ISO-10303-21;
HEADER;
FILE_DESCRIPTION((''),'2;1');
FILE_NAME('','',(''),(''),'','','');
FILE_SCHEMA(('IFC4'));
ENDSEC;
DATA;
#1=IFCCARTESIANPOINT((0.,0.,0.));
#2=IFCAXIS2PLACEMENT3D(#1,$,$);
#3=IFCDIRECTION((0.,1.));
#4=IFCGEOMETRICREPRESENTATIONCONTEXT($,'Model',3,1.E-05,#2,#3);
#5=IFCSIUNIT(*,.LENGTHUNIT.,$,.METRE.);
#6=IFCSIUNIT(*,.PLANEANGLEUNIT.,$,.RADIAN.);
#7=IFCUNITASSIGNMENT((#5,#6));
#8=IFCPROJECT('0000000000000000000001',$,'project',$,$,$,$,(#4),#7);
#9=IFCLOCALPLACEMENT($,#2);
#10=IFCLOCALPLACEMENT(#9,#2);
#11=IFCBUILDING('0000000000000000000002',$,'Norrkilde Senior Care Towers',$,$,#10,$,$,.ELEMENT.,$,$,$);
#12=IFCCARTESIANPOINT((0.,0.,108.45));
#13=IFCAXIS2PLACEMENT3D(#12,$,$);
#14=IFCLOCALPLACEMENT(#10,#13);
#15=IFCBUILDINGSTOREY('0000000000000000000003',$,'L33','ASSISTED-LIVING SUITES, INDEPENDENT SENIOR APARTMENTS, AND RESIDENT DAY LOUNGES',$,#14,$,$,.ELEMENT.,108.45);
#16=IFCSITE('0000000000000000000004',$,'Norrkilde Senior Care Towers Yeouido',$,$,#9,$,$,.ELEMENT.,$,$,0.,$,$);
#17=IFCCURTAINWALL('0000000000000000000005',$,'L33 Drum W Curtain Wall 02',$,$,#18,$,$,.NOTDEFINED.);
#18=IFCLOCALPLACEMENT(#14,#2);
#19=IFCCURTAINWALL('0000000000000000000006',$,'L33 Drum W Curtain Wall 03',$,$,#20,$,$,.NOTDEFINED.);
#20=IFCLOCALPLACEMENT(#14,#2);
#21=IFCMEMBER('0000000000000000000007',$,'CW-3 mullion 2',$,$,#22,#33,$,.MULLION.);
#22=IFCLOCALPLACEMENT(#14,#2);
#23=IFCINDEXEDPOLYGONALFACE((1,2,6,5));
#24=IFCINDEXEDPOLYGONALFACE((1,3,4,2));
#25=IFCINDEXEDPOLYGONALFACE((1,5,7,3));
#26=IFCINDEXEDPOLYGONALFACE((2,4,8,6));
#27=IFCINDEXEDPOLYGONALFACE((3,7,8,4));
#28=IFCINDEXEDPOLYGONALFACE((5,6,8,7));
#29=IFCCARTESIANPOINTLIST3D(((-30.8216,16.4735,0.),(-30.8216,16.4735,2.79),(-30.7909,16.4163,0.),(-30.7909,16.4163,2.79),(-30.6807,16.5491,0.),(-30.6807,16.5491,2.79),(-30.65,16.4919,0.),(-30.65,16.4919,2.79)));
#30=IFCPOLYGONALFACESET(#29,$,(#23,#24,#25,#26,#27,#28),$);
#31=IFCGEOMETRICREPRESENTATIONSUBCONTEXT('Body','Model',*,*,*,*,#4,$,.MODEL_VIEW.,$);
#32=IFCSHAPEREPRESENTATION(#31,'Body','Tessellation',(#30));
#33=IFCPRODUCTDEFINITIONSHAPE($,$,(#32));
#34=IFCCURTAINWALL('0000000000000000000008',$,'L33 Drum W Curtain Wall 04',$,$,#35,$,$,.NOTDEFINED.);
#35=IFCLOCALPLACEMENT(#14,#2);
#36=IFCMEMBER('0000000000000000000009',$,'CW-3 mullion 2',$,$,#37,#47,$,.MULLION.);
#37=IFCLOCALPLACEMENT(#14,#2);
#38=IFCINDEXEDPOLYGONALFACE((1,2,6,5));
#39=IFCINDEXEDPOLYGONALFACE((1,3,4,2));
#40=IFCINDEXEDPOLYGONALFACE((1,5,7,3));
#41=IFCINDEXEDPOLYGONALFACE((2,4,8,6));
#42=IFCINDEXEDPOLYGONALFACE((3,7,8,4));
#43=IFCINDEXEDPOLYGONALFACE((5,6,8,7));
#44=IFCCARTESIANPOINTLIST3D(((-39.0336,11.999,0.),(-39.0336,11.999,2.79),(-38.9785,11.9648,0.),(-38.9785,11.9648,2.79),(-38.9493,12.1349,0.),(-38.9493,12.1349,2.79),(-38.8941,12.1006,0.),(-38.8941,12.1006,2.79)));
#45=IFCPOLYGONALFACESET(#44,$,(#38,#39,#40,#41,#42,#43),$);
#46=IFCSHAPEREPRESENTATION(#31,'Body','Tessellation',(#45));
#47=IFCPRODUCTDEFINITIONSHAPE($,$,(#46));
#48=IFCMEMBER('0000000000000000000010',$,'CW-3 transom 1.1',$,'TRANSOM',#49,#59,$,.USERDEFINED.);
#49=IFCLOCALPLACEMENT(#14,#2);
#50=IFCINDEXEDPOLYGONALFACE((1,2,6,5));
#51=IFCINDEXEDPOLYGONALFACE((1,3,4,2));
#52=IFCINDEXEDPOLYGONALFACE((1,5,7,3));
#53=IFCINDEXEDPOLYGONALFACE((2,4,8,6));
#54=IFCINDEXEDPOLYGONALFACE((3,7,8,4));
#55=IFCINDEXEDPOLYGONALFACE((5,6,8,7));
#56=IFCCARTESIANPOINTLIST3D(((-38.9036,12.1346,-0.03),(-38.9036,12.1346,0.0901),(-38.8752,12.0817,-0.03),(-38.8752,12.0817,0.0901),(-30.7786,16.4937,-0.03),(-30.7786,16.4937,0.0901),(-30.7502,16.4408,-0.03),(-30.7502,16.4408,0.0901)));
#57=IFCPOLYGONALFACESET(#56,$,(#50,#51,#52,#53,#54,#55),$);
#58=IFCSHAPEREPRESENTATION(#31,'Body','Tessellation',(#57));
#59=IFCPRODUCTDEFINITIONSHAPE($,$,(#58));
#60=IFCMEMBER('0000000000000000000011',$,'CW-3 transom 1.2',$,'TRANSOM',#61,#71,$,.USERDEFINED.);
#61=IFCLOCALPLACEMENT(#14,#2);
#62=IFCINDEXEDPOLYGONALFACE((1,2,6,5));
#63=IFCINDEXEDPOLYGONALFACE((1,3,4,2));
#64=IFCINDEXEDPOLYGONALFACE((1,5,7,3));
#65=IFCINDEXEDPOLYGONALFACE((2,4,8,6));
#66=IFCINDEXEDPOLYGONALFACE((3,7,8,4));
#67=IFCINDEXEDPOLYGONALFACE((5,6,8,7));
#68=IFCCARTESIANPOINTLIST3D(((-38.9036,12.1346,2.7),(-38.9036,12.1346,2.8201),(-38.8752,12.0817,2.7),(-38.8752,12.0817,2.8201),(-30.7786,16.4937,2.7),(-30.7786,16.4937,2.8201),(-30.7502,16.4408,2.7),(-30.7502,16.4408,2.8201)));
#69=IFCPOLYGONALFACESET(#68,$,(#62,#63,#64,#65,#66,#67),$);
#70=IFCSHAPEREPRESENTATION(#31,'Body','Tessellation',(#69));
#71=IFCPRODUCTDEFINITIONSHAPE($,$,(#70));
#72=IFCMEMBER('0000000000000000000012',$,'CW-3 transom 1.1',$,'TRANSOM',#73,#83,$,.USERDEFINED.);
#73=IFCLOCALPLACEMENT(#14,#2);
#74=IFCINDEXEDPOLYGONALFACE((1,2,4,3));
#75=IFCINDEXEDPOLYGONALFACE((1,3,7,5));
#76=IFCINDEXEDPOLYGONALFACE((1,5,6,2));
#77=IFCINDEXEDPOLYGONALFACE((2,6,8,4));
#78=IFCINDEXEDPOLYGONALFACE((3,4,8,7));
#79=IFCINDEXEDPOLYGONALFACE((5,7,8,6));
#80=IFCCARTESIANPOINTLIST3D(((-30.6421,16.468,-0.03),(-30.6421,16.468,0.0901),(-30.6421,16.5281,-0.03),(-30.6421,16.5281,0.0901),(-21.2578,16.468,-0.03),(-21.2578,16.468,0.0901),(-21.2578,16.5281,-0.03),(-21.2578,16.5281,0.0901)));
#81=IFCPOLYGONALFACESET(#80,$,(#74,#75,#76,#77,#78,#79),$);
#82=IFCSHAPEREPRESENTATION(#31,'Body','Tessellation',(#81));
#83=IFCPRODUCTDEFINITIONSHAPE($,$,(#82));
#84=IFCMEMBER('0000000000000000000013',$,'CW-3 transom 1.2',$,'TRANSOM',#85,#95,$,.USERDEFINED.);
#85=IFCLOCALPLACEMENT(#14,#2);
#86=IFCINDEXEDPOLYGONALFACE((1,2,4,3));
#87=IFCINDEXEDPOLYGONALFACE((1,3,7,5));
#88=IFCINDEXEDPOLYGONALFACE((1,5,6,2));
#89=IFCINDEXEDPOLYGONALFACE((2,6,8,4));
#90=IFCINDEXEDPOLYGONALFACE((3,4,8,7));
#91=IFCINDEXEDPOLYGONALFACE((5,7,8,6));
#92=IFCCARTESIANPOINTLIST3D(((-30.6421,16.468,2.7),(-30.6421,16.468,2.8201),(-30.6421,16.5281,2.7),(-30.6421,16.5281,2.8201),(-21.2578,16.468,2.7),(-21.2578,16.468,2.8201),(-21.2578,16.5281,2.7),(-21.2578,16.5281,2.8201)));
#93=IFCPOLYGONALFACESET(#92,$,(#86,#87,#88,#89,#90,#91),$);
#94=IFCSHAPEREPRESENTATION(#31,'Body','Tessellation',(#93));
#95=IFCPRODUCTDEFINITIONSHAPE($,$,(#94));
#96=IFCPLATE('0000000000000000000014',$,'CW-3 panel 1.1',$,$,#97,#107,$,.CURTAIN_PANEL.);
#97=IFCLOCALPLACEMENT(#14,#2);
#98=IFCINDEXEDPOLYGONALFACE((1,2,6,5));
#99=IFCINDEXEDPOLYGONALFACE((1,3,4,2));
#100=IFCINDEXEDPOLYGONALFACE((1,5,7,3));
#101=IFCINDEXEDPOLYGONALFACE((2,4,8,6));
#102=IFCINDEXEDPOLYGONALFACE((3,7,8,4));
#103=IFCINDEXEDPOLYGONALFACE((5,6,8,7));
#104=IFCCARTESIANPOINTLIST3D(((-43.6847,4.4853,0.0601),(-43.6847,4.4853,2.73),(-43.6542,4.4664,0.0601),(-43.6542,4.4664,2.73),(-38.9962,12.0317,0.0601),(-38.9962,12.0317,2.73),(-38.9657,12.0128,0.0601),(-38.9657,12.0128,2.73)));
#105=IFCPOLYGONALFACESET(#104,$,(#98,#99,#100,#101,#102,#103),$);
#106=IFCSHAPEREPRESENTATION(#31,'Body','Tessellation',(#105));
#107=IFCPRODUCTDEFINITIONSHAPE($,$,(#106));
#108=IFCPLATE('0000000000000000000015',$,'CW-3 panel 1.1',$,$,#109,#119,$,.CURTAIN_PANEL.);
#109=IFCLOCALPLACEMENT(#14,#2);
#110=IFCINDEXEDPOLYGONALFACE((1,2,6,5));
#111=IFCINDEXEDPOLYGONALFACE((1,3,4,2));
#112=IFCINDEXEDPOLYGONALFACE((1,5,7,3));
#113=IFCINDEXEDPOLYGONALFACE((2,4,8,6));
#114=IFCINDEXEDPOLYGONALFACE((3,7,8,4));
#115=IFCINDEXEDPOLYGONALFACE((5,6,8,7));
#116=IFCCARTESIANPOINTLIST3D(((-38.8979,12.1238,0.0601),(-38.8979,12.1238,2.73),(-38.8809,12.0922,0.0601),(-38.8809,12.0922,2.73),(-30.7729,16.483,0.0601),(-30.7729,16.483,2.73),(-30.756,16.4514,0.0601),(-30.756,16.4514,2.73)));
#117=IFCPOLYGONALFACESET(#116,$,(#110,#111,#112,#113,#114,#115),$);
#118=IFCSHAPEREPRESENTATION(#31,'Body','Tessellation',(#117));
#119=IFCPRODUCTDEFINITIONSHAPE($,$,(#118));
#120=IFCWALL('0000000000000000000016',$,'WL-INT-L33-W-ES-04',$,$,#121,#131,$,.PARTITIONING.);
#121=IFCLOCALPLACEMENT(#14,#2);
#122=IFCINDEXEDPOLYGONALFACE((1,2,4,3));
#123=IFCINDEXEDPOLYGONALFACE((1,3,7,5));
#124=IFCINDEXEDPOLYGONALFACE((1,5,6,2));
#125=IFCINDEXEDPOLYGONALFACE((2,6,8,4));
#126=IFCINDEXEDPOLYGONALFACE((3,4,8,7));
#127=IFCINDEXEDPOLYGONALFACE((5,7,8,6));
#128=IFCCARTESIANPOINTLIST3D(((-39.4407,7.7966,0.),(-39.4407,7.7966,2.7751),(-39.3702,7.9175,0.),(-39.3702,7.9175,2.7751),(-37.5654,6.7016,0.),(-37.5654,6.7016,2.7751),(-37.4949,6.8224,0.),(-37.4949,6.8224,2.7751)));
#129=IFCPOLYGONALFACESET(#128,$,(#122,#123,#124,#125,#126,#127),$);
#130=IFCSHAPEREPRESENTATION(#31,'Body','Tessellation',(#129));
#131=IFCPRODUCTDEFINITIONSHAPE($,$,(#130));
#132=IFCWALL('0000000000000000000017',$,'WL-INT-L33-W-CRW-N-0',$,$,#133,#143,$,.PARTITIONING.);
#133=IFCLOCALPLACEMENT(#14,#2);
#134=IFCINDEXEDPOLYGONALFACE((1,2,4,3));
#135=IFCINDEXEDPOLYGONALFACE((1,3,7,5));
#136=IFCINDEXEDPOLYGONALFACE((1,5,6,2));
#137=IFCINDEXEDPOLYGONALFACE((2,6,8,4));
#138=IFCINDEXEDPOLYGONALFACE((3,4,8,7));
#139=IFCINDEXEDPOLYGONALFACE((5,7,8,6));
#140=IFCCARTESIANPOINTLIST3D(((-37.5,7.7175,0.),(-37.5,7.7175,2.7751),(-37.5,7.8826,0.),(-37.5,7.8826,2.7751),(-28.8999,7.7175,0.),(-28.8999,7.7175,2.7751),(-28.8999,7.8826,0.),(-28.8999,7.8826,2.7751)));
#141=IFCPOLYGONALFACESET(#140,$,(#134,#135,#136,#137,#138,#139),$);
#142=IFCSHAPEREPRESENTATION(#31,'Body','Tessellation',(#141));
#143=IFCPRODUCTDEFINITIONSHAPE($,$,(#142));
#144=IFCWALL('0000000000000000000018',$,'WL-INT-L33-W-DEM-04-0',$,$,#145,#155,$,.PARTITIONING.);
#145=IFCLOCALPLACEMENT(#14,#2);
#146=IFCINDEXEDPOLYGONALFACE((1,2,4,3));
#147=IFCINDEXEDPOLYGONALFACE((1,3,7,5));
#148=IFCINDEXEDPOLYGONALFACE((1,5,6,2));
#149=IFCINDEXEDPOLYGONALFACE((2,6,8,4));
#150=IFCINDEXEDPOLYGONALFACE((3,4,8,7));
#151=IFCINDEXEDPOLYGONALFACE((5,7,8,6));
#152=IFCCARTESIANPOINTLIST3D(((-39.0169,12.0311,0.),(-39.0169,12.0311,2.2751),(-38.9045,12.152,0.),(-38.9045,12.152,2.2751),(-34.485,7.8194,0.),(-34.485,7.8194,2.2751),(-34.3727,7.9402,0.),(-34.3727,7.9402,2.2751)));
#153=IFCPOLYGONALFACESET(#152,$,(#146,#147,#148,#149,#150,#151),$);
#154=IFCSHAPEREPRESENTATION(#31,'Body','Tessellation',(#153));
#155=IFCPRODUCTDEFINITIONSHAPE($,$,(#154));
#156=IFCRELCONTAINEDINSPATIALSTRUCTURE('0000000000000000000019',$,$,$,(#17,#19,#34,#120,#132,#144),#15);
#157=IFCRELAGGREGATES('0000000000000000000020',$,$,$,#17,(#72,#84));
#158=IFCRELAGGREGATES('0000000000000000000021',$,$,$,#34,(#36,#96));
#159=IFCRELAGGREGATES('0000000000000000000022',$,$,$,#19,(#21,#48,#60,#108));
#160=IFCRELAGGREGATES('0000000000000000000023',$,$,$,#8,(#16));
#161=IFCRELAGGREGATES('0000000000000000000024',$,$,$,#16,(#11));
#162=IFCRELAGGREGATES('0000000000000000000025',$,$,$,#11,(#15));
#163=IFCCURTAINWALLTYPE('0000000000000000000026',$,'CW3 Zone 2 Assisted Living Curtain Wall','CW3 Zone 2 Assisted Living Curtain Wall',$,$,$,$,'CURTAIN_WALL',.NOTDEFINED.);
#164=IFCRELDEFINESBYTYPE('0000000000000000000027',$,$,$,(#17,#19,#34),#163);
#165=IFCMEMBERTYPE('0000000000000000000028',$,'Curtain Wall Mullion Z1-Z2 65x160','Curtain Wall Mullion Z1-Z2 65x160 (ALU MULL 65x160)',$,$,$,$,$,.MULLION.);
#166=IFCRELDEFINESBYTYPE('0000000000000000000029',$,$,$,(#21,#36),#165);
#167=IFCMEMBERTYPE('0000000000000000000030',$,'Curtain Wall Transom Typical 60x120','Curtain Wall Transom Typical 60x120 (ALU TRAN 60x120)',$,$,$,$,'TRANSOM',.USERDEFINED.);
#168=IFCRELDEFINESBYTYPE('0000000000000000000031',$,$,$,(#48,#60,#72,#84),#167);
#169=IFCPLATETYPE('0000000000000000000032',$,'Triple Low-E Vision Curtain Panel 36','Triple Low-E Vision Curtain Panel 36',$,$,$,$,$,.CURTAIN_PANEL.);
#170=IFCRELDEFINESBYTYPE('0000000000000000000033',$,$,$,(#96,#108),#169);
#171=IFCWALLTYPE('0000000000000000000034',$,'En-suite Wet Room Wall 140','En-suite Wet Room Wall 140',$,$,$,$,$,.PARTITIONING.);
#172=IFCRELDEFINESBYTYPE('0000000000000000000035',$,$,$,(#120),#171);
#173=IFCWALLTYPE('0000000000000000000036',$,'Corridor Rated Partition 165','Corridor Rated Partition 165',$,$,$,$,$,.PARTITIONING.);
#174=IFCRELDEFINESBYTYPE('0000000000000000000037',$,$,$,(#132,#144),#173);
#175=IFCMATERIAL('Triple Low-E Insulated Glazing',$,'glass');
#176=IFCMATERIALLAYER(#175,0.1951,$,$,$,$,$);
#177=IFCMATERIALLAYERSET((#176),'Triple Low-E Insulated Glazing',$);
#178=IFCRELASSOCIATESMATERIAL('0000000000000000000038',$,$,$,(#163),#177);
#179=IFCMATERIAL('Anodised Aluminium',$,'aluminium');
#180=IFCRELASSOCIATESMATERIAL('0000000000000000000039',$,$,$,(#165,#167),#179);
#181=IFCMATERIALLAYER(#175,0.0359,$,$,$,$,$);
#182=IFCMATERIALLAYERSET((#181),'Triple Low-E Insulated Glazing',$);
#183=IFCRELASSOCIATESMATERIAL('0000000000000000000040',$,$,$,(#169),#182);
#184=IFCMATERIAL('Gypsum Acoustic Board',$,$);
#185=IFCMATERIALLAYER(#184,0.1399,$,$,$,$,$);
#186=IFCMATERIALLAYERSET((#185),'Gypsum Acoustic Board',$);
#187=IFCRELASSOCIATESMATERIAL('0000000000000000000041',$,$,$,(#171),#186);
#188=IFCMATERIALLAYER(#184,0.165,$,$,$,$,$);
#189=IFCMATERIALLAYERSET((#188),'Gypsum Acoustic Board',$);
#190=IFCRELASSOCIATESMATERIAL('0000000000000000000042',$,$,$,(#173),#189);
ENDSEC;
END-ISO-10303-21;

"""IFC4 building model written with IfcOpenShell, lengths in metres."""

from ifc_helpers import new_model, si_unit, direction, frame, frame_2d, origin, origin_2d, place, context, subcontext, project, spatial, rectangle, extrude, source, transform, mapped, material, layer, layer_set, material_profile, profile_set, type_object, type_shapes, element, aggregate, save


model = new_model("IFC4")

# Units and contexts
model_context = context("Model", 3, precision=1e-05, world=origin(), true_north=direction((0.0, 1.0)))
body_context = subcontext(model_context, "Body", "Model", "MODEL_VIEW")
ifc_project = project(units=[si_unit("LENGTHUNIT", "METRE"), si_unit("PLANEANGLEUNIT", "RADIAN")], contexts=[model_context])

# Site, building, storey
site_placement = place(None, origin())
site = spatial("IfcSite", under=ifc_project, at=site_placement, Name="Norrkilde Senior Care Towers Yeouido", CompositionType="ELEMENT", RefElevation=0.0)
building_placement = place(site_placement, origin())
building = spatial("IfcBuilding", under=site, at=building_placement, Name="Norrkilde Senior Care Towers", CompositionType="ELEMENT")
storey_placement = place(building_placement, frame((0.0, 0.0, 108.45)))
storey = spatial("IfcBuildingStorey", under=building, at=storey_placement, Name="L33", Description="ASSISTED-LIVING SUITES, INDEPENDENT SENIOR APARTMENTS, AND RESIDENT DAY LOUNGES", CompositionType="ELEMENT", Elevation=108.45)

# Curtain wall
ifc_material_1 = material(Name="Triple Low-E Insulated Glazing", Category="glass")
ifc_layer_1 = layer(ifc_material_1, 0.1951)
ifc_layer_set_1 = layer_set([ifc_layer_1], Name="Triple Low-E Insulated Glazing")
curtain_wall_type = type_object("IfcCurtainWallType", Name="CW3 Zone 2 Assisted Living Curtain Wall", Description="CW3 Zone 2 Assisted Living Curtain Wall", ElementType="CURTAIN_WALL", PredefinedType="NOTDEFINED", material=ifc_layer_set_1)
curtain_wall_1_placement = place(storey_placement, origin())
curtain_wall_1 = element("IfcCurtainWall", 1, at=curtain_wall_1_placement, inside=storey, type_object=curtain_wall_type, Name="L33 Drum W Curtain Wall 02", PredefinedType="NOTDEFINED")
ifc_material_2 = material(Name="Anodised Aluminium", Category="aluminium")
ifc_material_profile_1 = material_profile(ifc_material_2, rectangle(XDim=0.0649, YDim=0.1599, at=origin_2d()), Name="ALU MULL 65x160")
ifc_profile_set_1 = profile_set([ifc_material_profile_1], Name="Anodised Aluminium")
member_type_1 = type_object("IfcMemberType", Name="Curtain Wall Mullion Z1-Z2 65x160", Description="Curtain Wall Mullion Z1-Z2 65x160 (ALU MULL 65x160)", PredefinedType="MULLION", material=ifc_profile_set_1)
shared_shape_1 = source(origin(), body_context, "Body", "SweptSolid", [
    extrude(rectangle(XDim=0.0649, YDim=0.1599, at=origin_2d()), origin(), (0.0, 0.0, 1.0), 2.79),
])
type_shapes(member_type_1, [shared_shape_1])

# Curtain wall, member
curtain_wall_2_placement = place(storey_placement, origin())
curtain_wall_2 = element("IfcCurtainWall", 2, at=curtain_wall_2_placement, inside=storey, type_object=curtain_wall_type, Name="L33 Drum W Curtain Wall 03", PredefinedType="NOTDEFINED")
member_1_placement = place(storey_placement, frame((-30.7358, 16.4827, 0.0), z_axis=(0.0, 0.0, 1.0), x_axis=(-0.472769, 0.881186, 0.0)))
member_1 = element("IfcMember", 3, at=member_1_placement, type_object=member_type_1, Name="CW-3 mullion 2", PredefinedType="MULLION", context=body_context, shape_type="MappedRepresentation", body=[
    mapped(shared_shape_1, transform((0.0, 0.0, 0.0), x_axis=(1.0, 0.0, 0.0), y_axis=(0.0, 1.0, 0.0), z_axis=(0.0, 0.0, 1.0), scale=1.0)),
])

# Curtain wall, member
curtain_wall_3_placement = place(storey_placement, origin())
curtain_wall_3 = element("IfcCurtainWall", 4, at=curtain_wall_3_placement, inside=storey, type_object=curtain_wall_type, Name="L33 Drum W Curtain Wall 04", PredefinedType="NOTDEFINED")
member_2_placement = place(storey_placement, frame((-38.9639, 12.0498, 0.0), z_axis=(0.0, 0.0, 1.0), x_axis=(-0.84941, 0.527733, 0.0)))
member_2 = element("IfcMember", 5, at=member_2_placement, type_object=member_type_1, Name="CW-3 mullion 2", PredefinedType="MULLION", context=body_context, shape_type="MappedRepresentation", body=[
    mapped(shared_shape_1, transform((0.0, 0.0, 0.0), x_axis=(1.0, 0.0, 0.0), y_axis=(0.0, 1.0, 0.0), z_axis=(0.0, 0.0, 1.0), scale=1.0)),
])

# Members
ifc_material_profile_2 = material_profile(ifc_material_2, rectangle(XDim=0.0601, YDim=0.1201, at=origin_2d()), Name="ALU TRAN 60x120")
ifc_profile_set_2 = profile_set([ifc_material_profile_2], Name="Anodised Aluminium")
member_type_2 = type_object("IfcMemberType", Name="Curtain Wall Transom Typical 60x120", Description="Curtain Wall Transom Typical 60x120 (ALU TRAN 60x120)", ElementType="TRANSOM", PredefinedType="USERDEFINED", material=ifc_profile_set_2)
shared_shape_2 = source(origin(), body_context, "Body", "SweptSolid", [
    extrude(rectangle(XDim=0.0601, YDim=0.1201, at=origin_2d()), origin(), (0.0, 0.0, 1.0), 9.2205),
])
member_3_placement = place(storey_placement, frame((-38.8894, 12.1082, 0.03), z_axis=(0.881189, 0.472765, 0.0), x_axis=(-0.472765, 0.881189, 0.0)))
member_3 = element("IfcMember", 6, at=member_3_placement, type_object=member_type_2, Name="CW-3 transom 1.1", ObjectType="TRANSOM", PredefinedType="USERDEFINED", context=body_context, shape_type="MappedRepresentation", body=[
    mapped(shared_shape_2, transform((0.0, 0.0, 0.0), x_axis=(1.0, 0.0, 0.0), y_axis=(0.0, 1.0, 0.0), z_axis=(0.0, 0.0, 1.0), scale=1.0)),
])
member_4_placement = place(storey_placement, frame((-38.8894, 12.1082, 2.76), z_axis=(0.881189, 0.472765, 0.0), x_axis=(-0.472765, 0.881189, 0.0)))
member_4 = element("IfcMember", 7, at=member_4_placement, type_object=member_type_2, Name="CW-3 transom 1.2", ObjectType="TRANSOM", PredefinedType="USERDEFINED", context=body_context, shape_type="MappedRepresentation", body=[
    mapped(shared_shape_2, transform((0.0, 0.0, 0.0), x_axis=(1.0, 0.0, 0.0), y_axis=(0.0, 1.0, 0.0), z_axis=(0.0, 0.0, 1.0), scale=1.0)),
])
shared_shape_3 = source(origin(), body_context, "Body", "SweptSolid", [
    extrude(rectangle(XDim=0.0601, YDim=0.1201, at=origin_2d()), origin(), (0.0, 0.0, 1.0), 9.3843),
])
type_shapes(member_type_2, [shared_shape_2, shared_shape_3])
member_5_placement = place(storey_placement, frame((-30.6421, 16.498, 0.03), z_axis=(1.0, 0.0, 0.0), x_axis=(0.0, 1.0, 0.0)))
member_5 = element("IfcMember", 8, at=member_5_placement, type_object=member_type_2, Name="CW-3 transom 1.1", ObjectType="TRANSOM", PredefinedType="USERDEFINED", context=body_context, shape_type="MappedRepresentation", body=[
    mapped(shared_shape_3, transform((0.0, 0.0, 0.0), x_axis=(1.0, 0.0, 0.0), y_axis=(0.0, 1.0, 0.0), z_axis=(0.0, 0.0, 1.0), scale=1.0)),
])
member_6_placement = place(storey_placement, frame((-30.6421, 16.498, 2.76), z_axis=(1.0, 0.0, 0.0), x_axis=(0.0, 1.0, 0.0)))
member_6 = element("IfcMember", 9, at=member_6_placement, type_object=member_type_2, Name="CW-3 transom 1.2", ObjectType="TRANSOM", PredefinedType="USERDEFINED", context=body_context, shape_type="MappedRepresentation", body=[
    mapped(shared_shape_3, transform((0.0, 0.0, 0.0), x_axis=(1.0, 0.0, 0.0), y_axis=(0.0, 1.0, 0.0), z_axis=(0.0, 0.0, 1.0), scale=1.0)),
])
aggregate(curtain_wall_1, [member_5, member_6])

# Plates
ifc_layer_2 = layer(ifc_material_1, 0.0359)
ifc_layer_set_2 = layer_set([ifc_layer_2], Name="Triple Low-E Insulated Glazing")
plate_type = type_object("IfcPlateType", Name="Triple Low-E Vision Curtain Panel 36", Description="Triple Low-E Vision Curtain Panel 36", PredefinedType="CURTAIN_PANEL", material=ifc_layer_set_2)
shared_shape_4 = source(origin(), body_context, "Body", "SweptSolid", [
    extrude(rectangle(XDim=8.8843, YDim=0.0359, at=origin_2d()), origin(), (0.0, 0.0, 1.0), 2.6699),
])
plate_1_placement = place(storey_placement, frame((-41.3252, 8.249, 0.0601), z_axis=(0.0, 0.0, 1.0), x_axis=(0.527733, 0.84941, 0.0)))
plate_1 = element("IfcPlate", 10, at=plate_1_placement, type_object=plate_type, Name="CW-3 panel 1.1", PredefinedType="CURTAIN_PANEL", context=body_context, shape_type="MappedRepresentation", body=[
    mapped(shared_shape_4, transform((0.0, 0.0, 0.0), x_axis=(1.0, 0.0, 0.0), y_axis=(0.0, 1.0, 0.0), z_axis=(0.0, 0.0, 1.0), scale=1.0)),
])
aggregate(curtain_wall_3, [member_2, plate_1])
shared_shape_5 = source(origin(), body_context, "Body", "SweptSolid", [
    extrude(rectangle(XDim=9.2205, YDim=0.0359, at=origin_2d()), origin(), (0.0, 0.0, 1.0), 2.6699),
])
type_shapes(plate_type, [shared_shape_4, shared_shape_5])
plate_2_placement = place(storey_placement, frame((-34.8269, 14.2876, 0.0601), z_axis=(0.0, 0.0, 1.0), x_axis=(0.881186, 0.472769, 0.0)))
plate_2 = element("IfcPlate", 11, at=plate_2_placement, type_object=plate_type, Name="CW-3 panel 1.1", PredefinedType="CURTAIN_PANEL", context=body_context, shape_type="MappedRepresentation", body=[
    mapped(shared_shape_5, transform((0.0, 0.0, 0.0), x_axis=(1.0, 0.0, 0.0), y_axis=(0.0, 1.0, 0.0), z_axis=(0.0, 0.0, 1.0), scale=1.0)),
])
aggregate(curtain_wall_2, [member_1, member_3, member_4, plate_2])

# Walls
ifc_material_3 = material(Name="Gypsum Acoustic Board")
ifc_layer_3 = layer(ifc_material_3, 0.1399)
ifc_layer_set_3 = layer_set([ifc_layer_3], Name="Gypsum Acoustic Board")
wall_type_1 = type_object("IfcWallType", Name="En-suite Wet Room Wall 140", Description="En-suite Wet Room Wall 140", PredefinedType="PARTITIONING", material=ifc_layer_set_3)
shared_shape_6 = source(origin(), body_context, "Body", "SweptSolid", [
    extrude(rectangle(XDim=2.1716, YDim=0.1399, at=frame_2d((1.0859, 0.0))), origin(), (0.0, 0.0, 1.0), 2.7751),
])
wall_1_placement = place(storey_placement, frame((-37.53, 6.762, 0.0), z_axis=(0.0, 0.0, 1.0), x_axis=(-0.863563, 0.504241, 0.0)))
element("IfcWall", 12, at=wall_1_placement, inside=storey, type_object=wall_type_1, Name="WL-INT-L33-W-ES-04", PredefinedType="PARTITIONING", context=body_context, shape_type="MappedRepresentation", body=[
    mapped(shared_shape_6, transform((0.0, 0.0, 0.0), x_axis=(1.0, 0.0, 0.0), y_axis=(0.0, 1.0, 0.0), z_axis=(0.0, 0.0, 1.0), scale=1.0)),
])
ifc_layer_4 = layer(ifc_material_3, 0.165)
ifc_layer_set_4 = layer_set([ifc_layer_4], Name="Gypsum Acoustic Board")
wall_type_2 = type_object("IfcWallType", Name="Corridor Rated Partition 165", Description="Corridor Rated Partition 165", PredefinedType="PARTITIONING", material=ifc_layer_set_4)
shared_shape_7 = source(origin(), body_context, "Body", "SweptSolid", [
    extrude(rectangle(XDim=8.6001, YDim=0.165, at=frame_2d((4.3, 0.0))), origin(), (0.0, 0.0, 1.0), 2.7751),
])
wall_2_placement = place(storey_placement, frame((-37.5, 7.8, 0.0), z_axis=(0.0, 0.0, 1.0), x_axis=(1.0, 0.0, 0.0)))
element("IfcWall", 13, at=wall_2_placement, inside=storey, type_object=wall_type_2, Name="WL-INT-L33-W-CRW-N-0", PredefinedType="PARTITIONING", context=body_context, shape_type="MappedRepresentation", body=[
    mapped(shared_shape_7, transform((0.0, 0.0, 0.0), x_axis=(1.0, 0.0, 0.0), y_axis=(0.0, 1.0, 0.0), z_axis=(0.0, 0.0, 1.0), scale=1.0)),
])
shared_shape_8 = source(origin(), body_context, "Body", "SweptSolid", [
    extrude(rectangle(XDim=6.1868, YDim=0.165, at=frame_2d((3.0933, 0.0))), origin(), (0.0, 0.0, 1.0), 2.2751),
])
wall_3_placement = place(storey_placement, frame((-34.429, 7.8799, 0.0), z_axis=(0.0, 0.0, 1.0), x_axis=(-0.732501, 0.680766, 0.0)))
element("IfcWall", 14, at=wall_3_placement, inside=storey, type_object=wall_type_2, Name="WL-INT-L33-W-DEM-04-0", PredefinedType="PARTITIONING", context=body_context, shape_type="MappedRepresentation", body=[
    mapped(shared_shape_8, transform((0.0, 0.0, 0.0), x_axis=(1.0, 0.0, 0.0), y_axis=(0.0, 1.0, 0.0), z_axis=(0.0, 0.0, 1.0), scale=1.0)),
])

save(model, "model.ifc")
